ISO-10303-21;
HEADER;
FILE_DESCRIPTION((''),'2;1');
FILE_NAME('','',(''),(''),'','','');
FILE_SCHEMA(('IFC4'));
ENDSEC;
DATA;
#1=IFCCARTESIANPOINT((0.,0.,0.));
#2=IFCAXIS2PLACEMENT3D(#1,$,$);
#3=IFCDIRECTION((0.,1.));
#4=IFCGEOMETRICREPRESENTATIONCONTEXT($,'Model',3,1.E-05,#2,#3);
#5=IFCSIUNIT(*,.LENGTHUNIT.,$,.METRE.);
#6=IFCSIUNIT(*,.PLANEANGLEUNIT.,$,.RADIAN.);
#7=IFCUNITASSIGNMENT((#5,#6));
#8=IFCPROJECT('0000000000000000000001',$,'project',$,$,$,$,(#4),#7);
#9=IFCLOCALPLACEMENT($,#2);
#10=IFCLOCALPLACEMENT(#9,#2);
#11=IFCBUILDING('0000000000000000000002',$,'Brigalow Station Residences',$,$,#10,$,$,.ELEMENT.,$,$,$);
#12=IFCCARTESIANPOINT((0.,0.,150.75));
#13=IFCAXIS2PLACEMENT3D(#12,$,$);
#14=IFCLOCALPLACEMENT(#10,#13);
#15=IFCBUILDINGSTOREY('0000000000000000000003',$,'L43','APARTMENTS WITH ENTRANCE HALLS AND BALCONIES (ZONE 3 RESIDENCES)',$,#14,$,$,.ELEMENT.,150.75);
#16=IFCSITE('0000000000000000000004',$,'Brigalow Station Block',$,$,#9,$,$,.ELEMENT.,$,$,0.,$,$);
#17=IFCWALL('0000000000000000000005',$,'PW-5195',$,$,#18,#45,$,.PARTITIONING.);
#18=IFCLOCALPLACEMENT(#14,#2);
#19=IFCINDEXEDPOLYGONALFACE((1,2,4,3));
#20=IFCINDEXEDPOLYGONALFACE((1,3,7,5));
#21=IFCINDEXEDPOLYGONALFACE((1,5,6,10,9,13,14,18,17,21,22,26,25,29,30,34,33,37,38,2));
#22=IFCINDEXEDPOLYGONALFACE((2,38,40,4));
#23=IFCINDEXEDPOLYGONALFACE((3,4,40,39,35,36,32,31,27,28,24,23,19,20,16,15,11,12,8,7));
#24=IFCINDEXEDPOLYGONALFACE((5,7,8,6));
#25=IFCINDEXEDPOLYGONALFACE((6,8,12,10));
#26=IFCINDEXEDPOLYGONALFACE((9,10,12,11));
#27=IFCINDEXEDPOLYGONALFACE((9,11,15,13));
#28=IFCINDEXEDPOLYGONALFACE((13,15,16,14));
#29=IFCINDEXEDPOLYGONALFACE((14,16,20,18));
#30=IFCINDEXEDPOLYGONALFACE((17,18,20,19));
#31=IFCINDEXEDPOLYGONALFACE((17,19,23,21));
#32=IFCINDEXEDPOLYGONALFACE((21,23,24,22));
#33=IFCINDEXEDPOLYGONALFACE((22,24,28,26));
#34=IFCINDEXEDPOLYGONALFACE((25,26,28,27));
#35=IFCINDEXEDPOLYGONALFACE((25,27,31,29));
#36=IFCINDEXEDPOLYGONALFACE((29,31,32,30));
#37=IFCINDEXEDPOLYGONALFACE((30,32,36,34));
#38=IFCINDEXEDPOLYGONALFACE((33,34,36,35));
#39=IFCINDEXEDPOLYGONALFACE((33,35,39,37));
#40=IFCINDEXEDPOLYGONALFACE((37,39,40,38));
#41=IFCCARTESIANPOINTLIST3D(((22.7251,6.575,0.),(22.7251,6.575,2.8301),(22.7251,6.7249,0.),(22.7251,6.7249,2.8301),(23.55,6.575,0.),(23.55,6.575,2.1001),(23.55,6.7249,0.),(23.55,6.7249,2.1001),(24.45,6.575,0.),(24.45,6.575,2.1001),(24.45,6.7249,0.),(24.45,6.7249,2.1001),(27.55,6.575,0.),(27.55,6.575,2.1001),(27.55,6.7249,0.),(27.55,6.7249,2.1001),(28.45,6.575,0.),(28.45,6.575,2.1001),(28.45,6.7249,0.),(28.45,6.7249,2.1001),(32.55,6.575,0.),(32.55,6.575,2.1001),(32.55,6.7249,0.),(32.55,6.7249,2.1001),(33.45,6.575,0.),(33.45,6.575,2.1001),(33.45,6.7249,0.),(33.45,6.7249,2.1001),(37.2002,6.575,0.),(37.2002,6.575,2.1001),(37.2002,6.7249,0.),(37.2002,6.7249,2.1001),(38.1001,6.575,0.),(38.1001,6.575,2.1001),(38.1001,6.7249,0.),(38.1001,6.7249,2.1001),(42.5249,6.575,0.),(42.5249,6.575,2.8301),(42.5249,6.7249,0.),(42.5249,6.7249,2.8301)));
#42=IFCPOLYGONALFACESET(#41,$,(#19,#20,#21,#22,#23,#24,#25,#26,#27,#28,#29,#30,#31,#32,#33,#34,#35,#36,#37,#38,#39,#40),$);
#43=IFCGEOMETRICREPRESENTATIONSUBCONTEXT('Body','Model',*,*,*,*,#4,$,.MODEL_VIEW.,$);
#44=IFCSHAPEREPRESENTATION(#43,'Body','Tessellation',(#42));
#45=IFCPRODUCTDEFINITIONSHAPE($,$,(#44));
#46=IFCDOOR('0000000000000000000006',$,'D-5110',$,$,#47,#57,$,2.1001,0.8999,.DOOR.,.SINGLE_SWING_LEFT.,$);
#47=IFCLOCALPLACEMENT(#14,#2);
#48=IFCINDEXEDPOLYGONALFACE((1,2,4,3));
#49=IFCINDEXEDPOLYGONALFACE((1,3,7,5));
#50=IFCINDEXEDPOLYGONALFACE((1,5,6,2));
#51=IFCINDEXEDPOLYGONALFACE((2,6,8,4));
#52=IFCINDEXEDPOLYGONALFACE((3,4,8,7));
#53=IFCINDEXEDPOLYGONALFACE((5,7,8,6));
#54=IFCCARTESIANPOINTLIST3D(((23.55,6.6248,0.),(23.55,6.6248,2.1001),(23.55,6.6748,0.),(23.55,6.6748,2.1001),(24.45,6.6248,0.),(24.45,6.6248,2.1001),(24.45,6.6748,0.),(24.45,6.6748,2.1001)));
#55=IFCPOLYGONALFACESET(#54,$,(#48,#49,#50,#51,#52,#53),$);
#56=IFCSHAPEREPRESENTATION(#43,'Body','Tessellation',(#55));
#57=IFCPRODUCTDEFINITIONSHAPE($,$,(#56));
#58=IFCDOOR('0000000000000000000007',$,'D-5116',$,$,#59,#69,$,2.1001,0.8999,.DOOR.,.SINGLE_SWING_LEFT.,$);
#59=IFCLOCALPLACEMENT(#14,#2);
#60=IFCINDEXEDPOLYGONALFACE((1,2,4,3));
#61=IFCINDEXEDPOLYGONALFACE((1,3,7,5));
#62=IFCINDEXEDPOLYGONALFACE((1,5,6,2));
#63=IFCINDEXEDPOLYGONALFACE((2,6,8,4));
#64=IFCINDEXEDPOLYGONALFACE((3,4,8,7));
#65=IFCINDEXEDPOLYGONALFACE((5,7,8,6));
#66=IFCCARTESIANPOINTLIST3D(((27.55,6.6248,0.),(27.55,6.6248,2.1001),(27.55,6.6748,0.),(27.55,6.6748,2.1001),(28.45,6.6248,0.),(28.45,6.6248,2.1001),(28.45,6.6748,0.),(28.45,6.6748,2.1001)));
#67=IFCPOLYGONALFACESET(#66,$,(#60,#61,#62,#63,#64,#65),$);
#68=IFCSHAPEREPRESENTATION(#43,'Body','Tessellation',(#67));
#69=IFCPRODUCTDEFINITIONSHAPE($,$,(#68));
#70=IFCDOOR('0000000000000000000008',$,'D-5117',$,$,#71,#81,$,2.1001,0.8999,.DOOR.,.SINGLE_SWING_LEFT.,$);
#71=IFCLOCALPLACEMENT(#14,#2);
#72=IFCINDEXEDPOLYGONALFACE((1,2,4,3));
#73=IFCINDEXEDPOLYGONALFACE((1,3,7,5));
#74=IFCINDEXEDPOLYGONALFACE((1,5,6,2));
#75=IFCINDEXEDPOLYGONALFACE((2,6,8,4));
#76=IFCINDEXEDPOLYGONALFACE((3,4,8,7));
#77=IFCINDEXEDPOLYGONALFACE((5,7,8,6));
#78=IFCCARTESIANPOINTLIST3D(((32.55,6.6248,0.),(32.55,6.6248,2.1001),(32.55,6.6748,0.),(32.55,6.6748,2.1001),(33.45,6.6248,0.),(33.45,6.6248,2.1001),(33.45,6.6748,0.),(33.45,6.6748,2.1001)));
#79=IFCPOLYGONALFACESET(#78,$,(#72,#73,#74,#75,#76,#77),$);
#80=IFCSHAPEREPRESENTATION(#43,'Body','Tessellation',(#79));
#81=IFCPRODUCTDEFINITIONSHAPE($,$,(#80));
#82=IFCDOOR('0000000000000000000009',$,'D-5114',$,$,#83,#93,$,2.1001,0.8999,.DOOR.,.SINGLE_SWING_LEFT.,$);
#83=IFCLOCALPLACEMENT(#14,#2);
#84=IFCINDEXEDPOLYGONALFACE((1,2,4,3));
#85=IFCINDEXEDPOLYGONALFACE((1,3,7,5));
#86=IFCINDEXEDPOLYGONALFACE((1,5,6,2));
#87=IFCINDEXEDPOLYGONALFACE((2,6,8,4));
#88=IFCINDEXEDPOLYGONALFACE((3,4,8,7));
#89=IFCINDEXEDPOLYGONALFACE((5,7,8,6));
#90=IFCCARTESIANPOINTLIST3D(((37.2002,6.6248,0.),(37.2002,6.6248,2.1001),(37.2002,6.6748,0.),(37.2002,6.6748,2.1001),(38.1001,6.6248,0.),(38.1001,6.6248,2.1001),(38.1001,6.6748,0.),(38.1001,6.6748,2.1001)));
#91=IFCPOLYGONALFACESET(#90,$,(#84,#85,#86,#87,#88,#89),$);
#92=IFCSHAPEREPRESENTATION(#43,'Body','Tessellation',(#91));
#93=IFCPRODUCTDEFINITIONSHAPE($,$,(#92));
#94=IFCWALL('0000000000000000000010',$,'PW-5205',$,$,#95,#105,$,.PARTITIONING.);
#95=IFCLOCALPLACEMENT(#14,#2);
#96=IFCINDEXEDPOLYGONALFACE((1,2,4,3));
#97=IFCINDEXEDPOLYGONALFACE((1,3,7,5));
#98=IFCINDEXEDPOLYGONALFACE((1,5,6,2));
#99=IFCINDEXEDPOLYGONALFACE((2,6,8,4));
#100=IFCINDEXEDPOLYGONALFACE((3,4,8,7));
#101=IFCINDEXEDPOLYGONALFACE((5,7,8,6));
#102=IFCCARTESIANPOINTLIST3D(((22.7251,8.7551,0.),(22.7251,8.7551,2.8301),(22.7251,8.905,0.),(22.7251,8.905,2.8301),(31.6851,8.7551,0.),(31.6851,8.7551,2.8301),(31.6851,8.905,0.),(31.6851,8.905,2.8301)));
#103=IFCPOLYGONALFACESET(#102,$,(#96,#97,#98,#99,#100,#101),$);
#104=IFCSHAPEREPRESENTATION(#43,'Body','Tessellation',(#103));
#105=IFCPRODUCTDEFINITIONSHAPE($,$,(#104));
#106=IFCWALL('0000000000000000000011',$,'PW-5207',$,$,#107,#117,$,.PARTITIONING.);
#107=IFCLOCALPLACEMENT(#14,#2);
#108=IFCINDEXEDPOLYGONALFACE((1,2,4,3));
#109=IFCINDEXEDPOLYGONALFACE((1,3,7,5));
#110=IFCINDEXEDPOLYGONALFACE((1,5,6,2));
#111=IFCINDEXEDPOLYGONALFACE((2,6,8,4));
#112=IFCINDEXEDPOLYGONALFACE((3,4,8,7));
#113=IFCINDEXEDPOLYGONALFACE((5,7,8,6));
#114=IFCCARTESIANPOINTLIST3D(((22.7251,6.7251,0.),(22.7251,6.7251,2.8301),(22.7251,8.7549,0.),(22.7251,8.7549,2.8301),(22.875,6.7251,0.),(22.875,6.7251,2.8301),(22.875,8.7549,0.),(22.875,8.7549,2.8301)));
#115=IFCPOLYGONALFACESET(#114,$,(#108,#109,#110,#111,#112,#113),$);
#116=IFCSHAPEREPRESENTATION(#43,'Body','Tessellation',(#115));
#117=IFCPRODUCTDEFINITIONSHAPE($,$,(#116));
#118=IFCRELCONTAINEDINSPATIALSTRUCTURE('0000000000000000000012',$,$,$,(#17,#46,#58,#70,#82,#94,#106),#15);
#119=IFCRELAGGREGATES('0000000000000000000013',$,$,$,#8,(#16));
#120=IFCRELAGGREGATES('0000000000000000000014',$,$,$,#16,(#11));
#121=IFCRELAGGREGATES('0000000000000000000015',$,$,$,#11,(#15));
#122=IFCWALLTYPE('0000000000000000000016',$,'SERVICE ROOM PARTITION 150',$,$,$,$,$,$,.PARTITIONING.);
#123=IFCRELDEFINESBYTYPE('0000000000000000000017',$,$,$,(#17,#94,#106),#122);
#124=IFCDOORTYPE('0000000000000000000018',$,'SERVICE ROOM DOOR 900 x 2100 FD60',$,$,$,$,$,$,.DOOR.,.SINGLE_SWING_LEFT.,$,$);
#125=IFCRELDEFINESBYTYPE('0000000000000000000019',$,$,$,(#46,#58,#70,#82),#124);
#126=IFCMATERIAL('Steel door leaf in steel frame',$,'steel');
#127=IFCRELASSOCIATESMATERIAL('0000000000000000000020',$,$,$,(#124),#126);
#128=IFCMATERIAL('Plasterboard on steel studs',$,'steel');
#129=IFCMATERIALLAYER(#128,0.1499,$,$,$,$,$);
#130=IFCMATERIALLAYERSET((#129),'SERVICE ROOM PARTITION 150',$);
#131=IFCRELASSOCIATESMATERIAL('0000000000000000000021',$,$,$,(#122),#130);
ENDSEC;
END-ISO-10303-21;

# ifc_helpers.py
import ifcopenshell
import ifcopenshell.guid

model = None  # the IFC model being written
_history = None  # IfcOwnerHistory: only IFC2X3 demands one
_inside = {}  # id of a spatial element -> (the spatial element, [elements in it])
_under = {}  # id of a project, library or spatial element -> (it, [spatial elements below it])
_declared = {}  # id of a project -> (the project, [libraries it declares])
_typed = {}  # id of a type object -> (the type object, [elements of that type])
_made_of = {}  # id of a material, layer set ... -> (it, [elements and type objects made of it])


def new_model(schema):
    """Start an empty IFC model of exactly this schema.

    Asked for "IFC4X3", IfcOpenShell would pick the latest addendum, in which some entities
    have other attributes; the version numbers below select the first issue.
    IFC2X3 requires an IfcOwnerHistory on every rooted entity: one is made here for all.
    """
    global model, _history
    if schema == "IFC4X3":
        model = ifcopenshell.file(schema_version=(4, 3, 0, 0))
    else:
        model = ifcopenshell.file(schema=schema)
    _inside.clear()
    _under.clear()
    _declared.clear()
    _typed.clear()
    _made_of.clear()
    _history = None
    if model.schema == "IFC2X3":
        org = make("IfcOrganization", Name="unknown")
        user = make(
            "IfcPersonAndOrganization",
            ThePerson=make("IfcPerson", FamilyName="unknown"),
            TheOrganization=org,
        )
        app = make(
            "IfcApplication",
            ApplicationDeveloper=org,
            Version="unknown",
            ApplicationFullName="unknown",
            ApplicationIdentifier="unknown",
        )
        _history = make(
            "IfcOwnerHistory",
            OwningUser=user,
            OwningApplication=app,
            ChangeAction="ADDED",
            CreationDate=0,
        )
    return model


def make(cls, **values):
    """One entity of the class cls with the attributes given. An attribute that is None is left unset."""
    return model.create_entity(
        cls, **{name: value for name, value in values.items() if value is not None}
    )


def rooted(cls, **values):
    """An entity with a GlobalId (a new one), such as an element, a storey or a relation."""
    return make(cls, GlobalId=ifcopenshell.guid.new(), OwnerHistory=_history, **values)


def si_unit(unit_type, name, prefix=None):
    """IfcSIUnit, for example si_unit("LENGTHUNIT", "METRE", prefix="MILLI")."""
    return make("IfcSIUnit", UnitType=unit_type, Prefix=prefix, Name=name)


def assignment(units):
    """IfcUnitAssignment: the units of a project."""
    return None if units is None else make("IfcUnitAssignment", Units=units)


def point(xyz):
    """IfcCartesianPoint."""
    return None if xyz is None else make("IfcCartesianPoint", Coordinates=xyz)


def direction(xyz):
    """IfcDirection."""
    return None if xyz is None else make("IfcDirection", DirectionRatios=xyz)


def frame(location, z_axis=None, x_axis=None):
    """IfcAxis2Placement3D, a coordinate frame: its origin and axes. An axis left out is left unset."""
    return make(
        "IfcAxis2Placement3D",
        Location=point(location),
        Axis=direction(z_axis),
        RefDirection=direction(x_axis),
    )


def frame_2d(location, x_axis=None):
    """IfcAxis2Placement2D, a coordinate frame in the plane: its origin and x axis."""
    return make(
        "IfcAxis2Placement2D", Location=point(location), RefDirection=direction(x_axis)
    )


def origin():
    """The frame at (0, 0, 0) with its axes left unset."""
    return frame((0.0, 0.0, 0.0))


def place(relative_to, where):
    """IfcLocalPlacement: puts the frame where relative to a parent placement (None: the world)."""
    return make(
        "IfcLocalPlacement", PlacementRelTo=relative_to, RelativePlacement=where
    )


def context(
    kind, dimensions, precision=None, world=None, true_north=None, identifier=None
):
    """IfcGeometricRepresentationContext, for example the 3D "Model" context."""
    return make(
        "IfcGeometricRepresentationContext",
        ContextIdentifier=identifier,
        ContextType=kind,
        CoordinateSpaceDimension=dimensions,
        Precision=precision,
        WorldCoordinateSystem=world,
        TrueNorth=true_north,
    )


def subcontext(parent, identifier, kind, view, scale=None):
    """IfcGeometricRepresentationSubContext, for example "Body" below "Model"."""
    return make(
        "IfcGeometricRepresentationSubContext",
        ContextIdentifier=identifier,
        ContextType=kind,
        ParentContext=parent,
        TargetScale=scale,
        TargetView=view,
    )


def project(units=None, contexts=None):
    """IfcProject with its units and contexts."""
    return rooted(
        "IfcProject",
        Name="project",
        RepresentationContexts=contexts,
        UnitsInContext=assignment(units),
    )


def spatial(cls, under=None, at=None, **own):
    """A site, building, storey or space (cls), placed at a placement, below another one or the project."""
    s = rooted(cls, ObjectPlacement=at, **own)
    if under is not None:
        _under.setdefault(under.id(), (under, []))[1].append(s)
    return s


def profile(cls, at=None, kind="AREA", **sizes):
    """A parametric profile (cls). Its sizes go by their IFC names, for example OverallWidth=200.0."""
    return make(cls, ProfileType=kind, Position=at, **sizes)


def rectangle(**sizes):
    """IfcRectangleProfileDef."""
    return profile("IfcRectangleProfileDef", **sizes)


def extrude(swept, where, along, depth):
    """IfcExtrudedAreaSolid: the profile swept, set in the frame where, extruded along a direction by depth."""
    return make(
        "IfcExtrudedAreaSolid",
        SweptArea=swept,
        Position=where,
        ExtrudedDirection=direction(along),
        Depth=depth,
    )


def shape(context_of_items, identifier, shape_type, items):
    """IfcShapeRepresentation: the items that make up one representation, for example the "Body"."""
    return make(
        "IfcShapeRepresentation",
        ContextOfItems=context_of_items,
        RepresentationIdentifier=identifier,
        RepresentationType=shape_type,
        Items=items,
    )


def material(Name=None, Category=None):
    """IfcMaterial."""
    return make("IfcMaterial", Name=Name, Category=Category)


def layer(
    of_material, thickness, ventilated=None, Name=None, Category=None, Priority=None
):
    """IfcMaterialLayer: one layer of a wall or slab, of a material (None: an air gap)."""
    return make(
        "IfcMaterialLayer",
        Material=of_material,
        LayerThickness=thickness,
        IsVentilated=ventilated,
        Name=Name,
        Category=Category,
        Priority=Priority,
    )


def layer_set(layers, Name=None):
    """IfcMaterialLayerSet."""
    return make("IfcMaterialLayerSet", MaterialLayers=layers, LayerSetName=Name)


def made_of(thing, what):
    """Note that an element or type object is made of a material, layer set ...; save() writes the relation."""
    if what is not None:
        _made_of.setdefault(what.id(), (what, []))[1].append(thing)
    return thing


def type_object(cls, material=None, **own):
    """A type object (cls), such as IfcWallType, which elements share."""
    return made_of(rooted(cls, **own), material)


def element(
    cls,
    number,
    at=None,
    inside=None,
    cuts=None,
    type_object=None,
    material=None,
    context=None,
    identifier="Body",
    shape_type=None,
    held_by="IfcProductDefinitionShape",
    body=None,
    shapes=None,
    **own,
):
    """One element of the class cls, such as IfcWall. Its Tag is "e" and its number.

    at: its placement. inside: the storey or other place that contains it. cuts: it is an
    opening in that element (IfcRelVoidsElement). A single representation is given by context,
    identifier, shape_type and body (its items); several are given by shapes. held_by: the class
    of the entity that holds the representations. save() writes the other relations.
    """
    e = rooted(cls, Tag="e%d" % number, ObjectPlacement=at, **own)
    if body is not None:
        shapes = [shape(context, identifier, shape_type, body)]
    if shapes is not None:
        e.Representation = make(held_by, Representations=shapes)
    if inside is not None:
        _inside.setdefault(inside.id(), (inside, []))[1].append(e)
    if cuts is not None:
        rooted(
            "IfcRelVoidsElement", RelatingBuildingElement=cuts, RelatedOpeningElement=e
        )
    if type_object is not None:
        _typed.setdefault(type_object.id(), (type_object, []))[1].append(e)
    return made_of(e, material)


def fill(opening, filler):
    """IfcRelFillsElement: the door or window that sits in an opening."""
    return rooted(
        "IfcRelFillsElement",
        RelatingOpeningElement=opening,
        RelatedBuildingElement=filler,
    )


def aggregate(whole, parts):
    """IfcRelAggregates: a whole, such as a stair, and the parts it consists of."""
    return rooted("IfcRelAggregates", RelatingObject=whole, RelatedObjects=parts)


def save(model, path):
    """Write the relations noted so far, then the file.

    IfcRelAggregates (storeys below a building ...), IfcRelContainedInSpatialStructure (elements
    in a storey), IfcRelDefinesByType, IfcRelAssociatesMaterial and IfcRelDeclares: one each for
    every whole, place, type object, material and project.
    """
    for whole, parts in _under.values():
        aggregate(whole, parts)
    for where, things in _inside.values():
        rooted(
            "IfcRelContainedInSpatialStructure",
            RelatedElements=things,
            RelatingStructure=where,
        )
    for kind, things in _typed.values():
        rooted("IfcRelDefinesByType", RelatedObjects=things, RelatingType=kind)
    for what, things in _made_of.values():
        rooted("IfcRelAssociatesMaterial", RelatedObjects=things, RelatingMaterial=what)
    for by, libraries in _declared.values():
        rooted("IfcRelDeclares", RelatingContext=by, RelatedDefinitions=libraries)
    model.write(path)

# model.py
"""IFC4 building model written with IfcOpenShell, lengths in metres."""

from ifc_helpers import new_model, si_unit, direction, frame, frame_2d, origin, place, context, subcontext, project, spatial, rectangle, extrude, material, layer, layer_set, type_object, element, fill, save


model = new_model("IFC4")

# Units and contexts
model_context = context("Model", 3, precision=1e-05, world=origin(), true_north=direction((0.0, 1.0)))
body_context = subcontext(model_context, "Body", "Model", "MODEL_VIEW")
ifc_project = project(units=[si_unit("LENGTHUNIT", "METRE"), si_unit("PLANEANGLEUNIT", "RADIAN")], contexts=[model_context])

# Site, building, storey
site_placement = place(None, origin())
site = spatial("IfcSite", under=ifc_project, at=site_placement, Name="Brigalow Station Block", CompositionType="ELEMENT", RefElevation=0.0)
building_placement = place(site_placement, origin())
building = spatial("IfcBuilding", under=site, at=building_placement, Name="Brigalow Station Residences", CompositionType="ELEMENT")
storey_placement = place(building_placement, frame((0.0, 0.0, 150.75)))
storey = spatial("IfcBuildingStorey", under=building, at=storey_placement, Name="L43", Description="APARTMENTS WITH ENTRANCE HALLS AND BALCONIES (ZONE 3 RESIDENCES)", CompositionType="ELEMENT", Elevation=150.75)

# Wall, openings, doors
ifc_material_1 = material(Name="Steel door leaf in steel frame", Category="steel")
door_type_1 = type_object("IfcDoorType", Name="SERVICE ROOM DOOR 900 x 2100 FD60", OperationType="SINGLE_SWING_LEFT", PredefinedType="DOOR", material=ifc_material_1)
ifc_material_2 = material(Name="Plasterboard on steel studs", Category="steel")
ifc_layer_1 = layer(ifc_material_2, 0.1499)
ifc_layer_set_1 = layer_set([ifc_layer_1], Name="SERVICE ROOM PARTITION 150")
wall_type_1 = type_object("IfcWallType", Name="SERVICE ROOM PARTITION 150", PredefinedType="PARTITIONING", material=ifc_layer_set_1)
wall_1_placement = place(storey_placement, frame((22.7251, 6.6499, 0.0), z_axis=(0.0, 0.0, 1.0), x_axis=(1.0, 0.0, 0.0)))
wall_1 = element("IfcWall", 1, at=wall_1_placement, inside=storey, type_object=wall_type_1, Name="PW-5195", PredefinedType="PARTITIONING", context=body_context, shape_type="SweptSolid", body=[
    extrude(rectangle(XDim=19.7998, YDim=0.1499, at=frame_2d((9.8999, 0.0))), origin(), (0.0, 0.0, 1.0), 2.8301),
])
opening_1_placement = place(wall_1_placement, frame((0.825, 0.0, 0.0)))
opening_1 = element("IfcOpeningElement", 2, at=opening_1_placement, cuts=wall_1, PredefinedType="OPENING", context=body_context, shape_type="SweptSolid", body=[
    extrude(rectangle(XDim=0.8999, YDim=2.1001, at=frame_2d((0.45, 1.05))), frame((0.0, 0.085, 0.0), z_axis=(0.0, -1.0, 0.0), x_axis=(1.0, 0.0, 0.0)), (0.0, 0.0, 1.0), 0.1699),
])
opening_2_placement = place(wall_1_placement, frame((4.825, 0.0, 0.0)))
opening_2 = element("IfcOpeningElement", 3, at=opening_2_placement, cuts=wall_1, PredefinedType="OPENING", context=body_context, shape_type="SweptSolid", body=[
    extrude(rectangle(XDim=0.8999, YDim=2.1001, at=frame_2d((0.45, 1.05))), frame((0.0, 0.085, 0.0), z_axis=(0.0, -1.0, 0.0), x_axis=(1.0, 0.0, 0.0)), (0.0, 0.0, 1.0), 0.1699),
])
opening_3_placement = place(wall_1_placement, frame((9.825, 0.0, 0.0)))
opening_3 = element("IfcOpeningElement", 4, at=opening_3_placement, cuts=wall_1, PredefinedType="OPENING", context=body_context, shape_type="SweptSolid", body=[
    extrude(rectangle(XDim=0.8999, YDim=2.1001, at=frame_2d((0.45, 1.05))), frame((0.0, 0.085, 0.0), z_axis=(0.0, -1.0, 0.0), x_axis=(1.0, 0.0, 0.0)), (0.0, 0.0, 1.0), 0.1699),
])
opening_4_placement = place(wall_1_placement, frame((14.4751, 0.0, 0.0)))
opening_4 = element("IfcOpeningElement", 5, at=opening_4_placement, cuts=wall_1, PredefinedType="OPENING", context=body_context, shape_type="SweptSolid", body=[
    extrude(rectangle(XDim=0.8999, YDim=2.1001, at=frame_2d((0.45, 1.05))), frame((0.0, 0.085, 0.0), z_axis=(0.0, -1.0, 0.0), x_axis=(1.0, 0.0, 0.0)), (0.0, 0.0, 1.0), 0.1699),
])
door_1_placement = place(opening_1_placement, origin())
door_1 = element("IfcDoor", 6, at=door_1_placement, inside=storey, type_object=door_type_1, Name="D-5110", OperationType="SINGLE_SWING_LEFT", OverallHeight=2.1001, OverallWidth=0.8999, PredefinedType="DOOR", context=body_context, shape_type="SweptSolid", body=[
    extrude(rectangle(XDim=0.8999, YDim=2.1001, at=frame_2d((0.45, 1.05))), frame((0.0, 0.0249, 0.0), z_axis=(0.0, -1.0, 0.0), x_axis=(1.0, 0.0, 0.0)), (0.0, 0.0, 1.0), 0.05),
])
fill(opening_1, door_1)
door_2_placement = place(opening_2_placement, origin())
door_2 = element("IfcDoor", 7, at=door_2_placement, inside=storey, type_object=door_type_1, Name="D-5116", OperationType="SINGLE_SWING_LEFT", OverallHeight=2.1001, OverallWidth=0.8999, PredefinedType="DOOR", context=body_context, shape_type="SweptSolid", body=[
    extrude(rectangle(XDim=0.8999, YDim=2.1001, at=frame_2d((0.45, 1.05))), frame((0.0, 0.0249, 0.0), z_axis=(0.0, -1.0, 0.0), x_axis=(1.0, 0.0, 0.0)), (0.0, 0.0, 1.0), 0.05),
])
fill(opening_2, door_2)
door_3_placement = place(opening_3_placement, origin())
door_3 = element("IfcDoor", 8, at=door_3_placement, inside=storey, type_object=door_type_1, Name="D-5117", OperationType="SINGLE_SWING_LEFT", OverallHeight=2.1001, OverallWidth=0.8999, PredefinedType="DOOR", context=body_context, shape_type="SweptSolid", body=[
    extrude(rectangle(XDim=0.8999, YDim=2.1001, at=frame_2d((0.45, 1.05))), frame((0.0, 0.0249, 0.0), z_axis=(0.0, -1.0, 0.0), x_axis=(1.0, 0.0, 0.0)), (0.0, 0.0, 1.0), 0.05),
])
fill(opening_3, door_3)
door_4_placement = place(opening_4_placement, origin())
door_4 = element("IfcDoor", 9, at=door_4_placement, inside=storey, type_object=door_type_1, Name="D-5114", OperationType="SINGLE_SWING_LEFT", OverallHeight=2.1001, OverallWidth=0.8999, PredefinedType="DOOR", context=body_context, shape_type="SweptSolid", body=[
    extrude(rectangle(XDim=0.8999, YDim=2.1001, at=frame_2d((0.45, 1.05))), frame((0.0, 0.0249, 0.0), z_axis=(0.0, -1.0, 0.0), x_axis=(1.0, 0.0, 0.0)), (0.0, 0.0, 1.0), 0.05),
])
fill(opening_4, door_4)

# Walls
wall_2_placement = place(storey_placement, frame((22.7251, 8.8301, 0.0), z_axis=(0.0, 0.0, 1.0), x_axis=(1.0, 0.0, 0.0)))
element("IfcWall", 10, at=wall_2_placement, inside=storey, type_object=wall_type_1, Name="PW-5205", PredefinedType="PARTITIONING", context=body_context, shape_type="SweptSolid", body=[
    extrude(rectangle(XDim=8.96, YDim=0.1499, at=frame_2d((4.48, 0.0))), origin(), (0.0, 0.0, 1.0), 2.8301),
])
wall_3_placement = place(storey_placement, frame((22.8, 6.7251, 0.0), z_axis=(0.0, 0.0, 1.0), x_axis=(0.0, 1.0, 0.0)))
element("IfcWall", 11, at=wall_3_placement, inside=storey, type_object=wall_type_1, Name="PW-5207", PredefinedType="PARTITIONING", context=body_context, shape_type="SweptSolid", body=[
    extrude(rectangle(XDim=2.0298, YDim=0.1499, at=frame_2d((1.0149, 0.0))), origin(), (0.0, 0.0, 1.0), 2.8301),
])

save(model, "model.ifc")
